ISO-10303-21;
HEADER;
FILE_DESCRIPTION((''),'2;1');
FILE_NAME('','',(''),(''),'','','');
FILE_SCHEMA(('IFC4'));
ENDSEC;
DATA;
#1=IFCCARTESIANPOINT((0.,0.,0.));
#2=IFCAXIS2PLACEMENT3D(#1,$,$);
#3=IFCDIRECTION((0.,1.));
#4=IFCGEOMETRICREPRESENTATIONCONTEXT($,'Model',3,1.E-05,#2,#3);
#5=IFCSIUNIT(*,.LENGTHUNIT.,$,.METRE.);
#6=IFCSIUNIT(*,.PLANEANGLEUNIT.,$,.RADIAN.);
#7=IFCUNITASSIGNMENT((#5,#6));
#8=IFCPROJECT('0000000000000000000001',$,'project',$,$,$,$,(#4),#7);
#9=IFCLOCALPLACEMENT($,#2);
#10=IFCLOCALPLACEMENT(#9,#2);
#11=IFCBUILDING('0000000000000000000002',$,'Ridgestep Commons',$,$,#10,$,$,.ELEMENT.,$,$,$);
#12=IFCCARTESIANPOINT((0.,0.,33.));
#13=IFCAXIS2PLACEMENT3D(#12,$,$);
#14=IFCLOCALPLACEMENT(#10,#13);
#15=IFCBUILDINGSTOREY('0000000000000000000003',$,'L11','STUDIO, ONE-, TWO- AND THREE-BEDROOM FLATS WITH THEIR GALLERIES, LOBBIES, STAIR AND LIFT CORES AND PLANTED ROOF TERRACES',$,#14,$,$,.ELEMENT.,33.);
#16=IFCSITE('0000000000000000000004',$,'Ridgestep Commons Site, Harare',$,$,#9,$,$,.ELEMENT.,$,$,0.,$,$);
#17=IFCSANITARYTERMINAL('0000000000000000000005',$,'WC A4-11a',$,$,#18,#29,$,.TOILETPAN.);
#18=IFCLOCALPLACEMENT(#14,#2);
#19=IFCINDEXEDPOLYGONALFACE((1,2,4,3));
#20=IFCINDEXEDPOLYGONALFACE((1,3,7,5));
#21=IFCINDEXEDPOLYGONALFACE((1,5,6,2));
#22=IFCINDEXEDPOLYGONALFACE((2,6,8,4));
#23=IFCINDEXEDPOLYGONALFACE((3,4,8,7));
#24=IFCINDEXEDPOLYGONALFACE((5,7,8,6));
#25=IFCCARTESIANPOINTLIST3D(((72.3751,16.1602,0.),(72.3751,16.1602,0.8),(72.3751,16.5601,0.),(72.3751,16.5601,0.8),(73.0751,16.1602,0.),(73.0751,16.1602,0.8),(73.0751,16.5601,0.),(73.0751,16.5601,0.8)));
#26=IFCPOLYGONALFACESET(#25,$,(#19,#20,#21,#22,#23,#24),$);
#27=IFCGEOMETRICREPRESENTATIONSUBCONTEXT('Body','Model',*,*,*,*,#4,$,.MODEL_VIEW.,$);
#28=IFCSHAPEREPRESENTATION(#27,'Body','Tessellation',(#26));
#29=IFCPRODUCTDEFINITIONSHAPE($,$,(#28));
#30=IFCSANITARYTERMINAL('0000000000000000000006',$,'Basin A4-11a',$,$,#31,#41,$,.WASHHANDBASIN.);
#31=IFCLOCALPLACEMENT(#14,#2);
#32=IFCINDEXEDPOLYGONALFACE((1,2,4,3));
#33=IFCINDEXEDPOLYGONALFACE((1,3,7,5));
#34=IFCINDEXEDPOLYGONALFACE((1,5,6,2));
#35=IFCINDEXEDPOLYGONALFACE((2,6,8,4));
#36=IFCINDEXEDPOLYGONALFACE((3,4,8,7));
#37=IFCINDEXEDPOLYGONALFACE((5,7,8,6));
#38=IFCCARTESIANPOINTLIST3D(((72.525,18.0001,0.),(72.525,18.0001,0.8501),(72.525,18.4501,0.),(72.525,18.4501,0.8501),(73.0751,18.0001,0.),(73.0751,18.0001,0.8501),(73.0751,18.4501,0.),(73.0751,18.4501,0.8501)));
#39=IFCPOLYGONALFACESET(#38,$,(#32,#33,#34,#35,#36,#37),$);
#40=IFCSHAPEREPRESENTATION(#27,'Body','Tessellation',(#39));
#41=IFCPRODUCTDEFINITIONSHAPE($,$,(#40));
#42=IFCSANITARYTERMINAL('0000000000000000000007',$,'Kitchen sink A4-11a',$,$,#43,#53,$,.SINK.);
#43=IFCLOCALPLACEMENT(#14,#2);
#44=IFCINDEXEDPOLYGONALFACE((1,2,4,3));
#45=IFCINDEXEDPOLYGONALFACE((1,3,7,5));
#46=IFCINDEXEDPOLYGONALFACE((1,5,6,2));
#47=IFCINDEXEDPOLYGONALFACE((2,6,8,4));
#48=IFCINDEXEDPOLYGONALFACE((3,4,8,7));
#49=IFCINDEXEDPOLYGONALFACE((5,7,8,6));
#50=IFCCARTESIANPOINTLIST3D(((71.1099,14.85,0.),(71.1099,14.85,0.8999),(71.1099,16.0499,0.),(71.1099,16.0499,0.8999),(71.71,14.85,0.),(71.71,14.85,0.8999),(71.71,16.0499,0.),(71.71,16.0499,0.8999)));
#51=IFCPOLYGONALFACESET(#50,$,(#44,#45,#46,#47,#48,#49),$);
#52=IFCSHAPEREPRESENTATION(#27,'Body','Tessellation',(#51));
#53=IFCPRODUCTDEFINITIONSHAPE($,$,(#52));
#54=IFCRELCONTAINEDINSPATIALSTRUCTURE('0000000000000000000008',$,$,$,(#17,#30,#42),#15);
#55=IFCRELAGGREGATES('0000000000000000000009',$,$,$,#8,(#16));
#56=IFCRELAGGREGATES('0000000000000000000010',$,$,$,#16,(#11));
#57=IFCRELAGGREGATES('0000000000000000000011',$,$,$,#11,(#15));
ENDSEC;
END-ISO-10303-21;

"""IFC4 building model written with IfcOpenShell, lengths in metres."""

from ifc_helpers import new_model, si_unit, direction, frame, origin, origin_2d, place, context, subcontext, project, spatial, rectangle, extrude, element, save


model = new_model("IFC4")

# Units and contexts
model_context = context("Model", 3, precision=1e-05, world=origin(), true_north=direction((0.0, 1.0)))
body_context = subcontext(model_context, "Body", "Model", "MODEL_VIEW")
ifc_project = project(units=[si_unit("LENGTHUNIT", "METRE"), si_unit("PLANEANGLEUNIT", "RADIAN")], contexts=[model_context])

# Site, building, storey
site_placement = place(None, origin())
site = spatial("IfcSite", under=ifc_project, at=site_placement, Name="Ridgestep Commons Site, Harare", CompositionType="ELEMENT", RefElevation=0.0)
building_placement = place(site_placement, origin())
building = spatial("IfcBuilding", under=site, at=building_placement, Name="Ridgestep Commons", CompositionType="ELEMENT")
storey_placement = place(building_placement, frame((0.0, 0.0, 33.0)))
storey = spatial("IfcBuildingStorey", under=building, at=storey_placement, Name="L11", Description="STUDIO, ONE-, TWO- AND THREE-BEDROOM FLATS WITH THEIR GALLERIES, LOBBIES, STAIR AND LIFT CORES AND PLANTED ROOF TERRACES", CompositionType="ELEMENT", Elevation=33.0)

# Sanitary terminals
sanitary_terminal_1_placement = place(storey_placement, frame((72.7251, 16.3601, 0.0), z_axis=(0.0, 0.0, 1.0), x_axis=(1.0, 0.0, 0.0)))
element("IfcSanitaryTerminal", 1, at=sanitary_terminal_1_placement, inside=storey, Name="WC A4-11a", PredefinedType="TOILETPAN", context=body_context, shape_type="SweptSolid", body=[
    extrude(rectangle(XDim=0.7, YDim=0.3999, at=origin_2d()), origin(), (0.0, 0.0, 1.0), 0.8),
])
sanitary_terminal_2_placement = place(storey_placement, frame((72.8, 18.2251, 0.0), z_axis=(0.0, 0.0, 1.0), x_axis=(1.0, 0.0, 0.0)))
element("IfcSanitaryTerminal", 2, at=sanitary_terminal_2_placement, inside=storey, Name="Basin A4-11a", PredefinedType="WASHHANDBASIN", context=body_context, shape_type="SweptSolid", body=[
    extrude(rectangle(XDim=0.55, YDim=0.45, at=origin_2d()), origin(), (0.0, 0.0, 1.0), 0.8501),
])
sanitary_terminal_3_placement = place(storey_placement, frame((71.4099, 15.45, 0.0), z_axis=(0.0, 0.0, 1.0), x_axis=(1.0, 0.0, 0.0)))
element("IfcSanitaryTerminal", 3, at=sanitary_terminal_3_placement, inside=storey, Name="Kitchen sink A4-11a", PredefinedType="SINK", context=body_context, shape_type="SweptSolid", body=[
    extrude(rectangle(XDim=0.6001, YDim=1.2, at=origin_2d()), origin(), (0.0, 0.0, 1.0), 0.8999),
])

save(model, "model.ifc")
